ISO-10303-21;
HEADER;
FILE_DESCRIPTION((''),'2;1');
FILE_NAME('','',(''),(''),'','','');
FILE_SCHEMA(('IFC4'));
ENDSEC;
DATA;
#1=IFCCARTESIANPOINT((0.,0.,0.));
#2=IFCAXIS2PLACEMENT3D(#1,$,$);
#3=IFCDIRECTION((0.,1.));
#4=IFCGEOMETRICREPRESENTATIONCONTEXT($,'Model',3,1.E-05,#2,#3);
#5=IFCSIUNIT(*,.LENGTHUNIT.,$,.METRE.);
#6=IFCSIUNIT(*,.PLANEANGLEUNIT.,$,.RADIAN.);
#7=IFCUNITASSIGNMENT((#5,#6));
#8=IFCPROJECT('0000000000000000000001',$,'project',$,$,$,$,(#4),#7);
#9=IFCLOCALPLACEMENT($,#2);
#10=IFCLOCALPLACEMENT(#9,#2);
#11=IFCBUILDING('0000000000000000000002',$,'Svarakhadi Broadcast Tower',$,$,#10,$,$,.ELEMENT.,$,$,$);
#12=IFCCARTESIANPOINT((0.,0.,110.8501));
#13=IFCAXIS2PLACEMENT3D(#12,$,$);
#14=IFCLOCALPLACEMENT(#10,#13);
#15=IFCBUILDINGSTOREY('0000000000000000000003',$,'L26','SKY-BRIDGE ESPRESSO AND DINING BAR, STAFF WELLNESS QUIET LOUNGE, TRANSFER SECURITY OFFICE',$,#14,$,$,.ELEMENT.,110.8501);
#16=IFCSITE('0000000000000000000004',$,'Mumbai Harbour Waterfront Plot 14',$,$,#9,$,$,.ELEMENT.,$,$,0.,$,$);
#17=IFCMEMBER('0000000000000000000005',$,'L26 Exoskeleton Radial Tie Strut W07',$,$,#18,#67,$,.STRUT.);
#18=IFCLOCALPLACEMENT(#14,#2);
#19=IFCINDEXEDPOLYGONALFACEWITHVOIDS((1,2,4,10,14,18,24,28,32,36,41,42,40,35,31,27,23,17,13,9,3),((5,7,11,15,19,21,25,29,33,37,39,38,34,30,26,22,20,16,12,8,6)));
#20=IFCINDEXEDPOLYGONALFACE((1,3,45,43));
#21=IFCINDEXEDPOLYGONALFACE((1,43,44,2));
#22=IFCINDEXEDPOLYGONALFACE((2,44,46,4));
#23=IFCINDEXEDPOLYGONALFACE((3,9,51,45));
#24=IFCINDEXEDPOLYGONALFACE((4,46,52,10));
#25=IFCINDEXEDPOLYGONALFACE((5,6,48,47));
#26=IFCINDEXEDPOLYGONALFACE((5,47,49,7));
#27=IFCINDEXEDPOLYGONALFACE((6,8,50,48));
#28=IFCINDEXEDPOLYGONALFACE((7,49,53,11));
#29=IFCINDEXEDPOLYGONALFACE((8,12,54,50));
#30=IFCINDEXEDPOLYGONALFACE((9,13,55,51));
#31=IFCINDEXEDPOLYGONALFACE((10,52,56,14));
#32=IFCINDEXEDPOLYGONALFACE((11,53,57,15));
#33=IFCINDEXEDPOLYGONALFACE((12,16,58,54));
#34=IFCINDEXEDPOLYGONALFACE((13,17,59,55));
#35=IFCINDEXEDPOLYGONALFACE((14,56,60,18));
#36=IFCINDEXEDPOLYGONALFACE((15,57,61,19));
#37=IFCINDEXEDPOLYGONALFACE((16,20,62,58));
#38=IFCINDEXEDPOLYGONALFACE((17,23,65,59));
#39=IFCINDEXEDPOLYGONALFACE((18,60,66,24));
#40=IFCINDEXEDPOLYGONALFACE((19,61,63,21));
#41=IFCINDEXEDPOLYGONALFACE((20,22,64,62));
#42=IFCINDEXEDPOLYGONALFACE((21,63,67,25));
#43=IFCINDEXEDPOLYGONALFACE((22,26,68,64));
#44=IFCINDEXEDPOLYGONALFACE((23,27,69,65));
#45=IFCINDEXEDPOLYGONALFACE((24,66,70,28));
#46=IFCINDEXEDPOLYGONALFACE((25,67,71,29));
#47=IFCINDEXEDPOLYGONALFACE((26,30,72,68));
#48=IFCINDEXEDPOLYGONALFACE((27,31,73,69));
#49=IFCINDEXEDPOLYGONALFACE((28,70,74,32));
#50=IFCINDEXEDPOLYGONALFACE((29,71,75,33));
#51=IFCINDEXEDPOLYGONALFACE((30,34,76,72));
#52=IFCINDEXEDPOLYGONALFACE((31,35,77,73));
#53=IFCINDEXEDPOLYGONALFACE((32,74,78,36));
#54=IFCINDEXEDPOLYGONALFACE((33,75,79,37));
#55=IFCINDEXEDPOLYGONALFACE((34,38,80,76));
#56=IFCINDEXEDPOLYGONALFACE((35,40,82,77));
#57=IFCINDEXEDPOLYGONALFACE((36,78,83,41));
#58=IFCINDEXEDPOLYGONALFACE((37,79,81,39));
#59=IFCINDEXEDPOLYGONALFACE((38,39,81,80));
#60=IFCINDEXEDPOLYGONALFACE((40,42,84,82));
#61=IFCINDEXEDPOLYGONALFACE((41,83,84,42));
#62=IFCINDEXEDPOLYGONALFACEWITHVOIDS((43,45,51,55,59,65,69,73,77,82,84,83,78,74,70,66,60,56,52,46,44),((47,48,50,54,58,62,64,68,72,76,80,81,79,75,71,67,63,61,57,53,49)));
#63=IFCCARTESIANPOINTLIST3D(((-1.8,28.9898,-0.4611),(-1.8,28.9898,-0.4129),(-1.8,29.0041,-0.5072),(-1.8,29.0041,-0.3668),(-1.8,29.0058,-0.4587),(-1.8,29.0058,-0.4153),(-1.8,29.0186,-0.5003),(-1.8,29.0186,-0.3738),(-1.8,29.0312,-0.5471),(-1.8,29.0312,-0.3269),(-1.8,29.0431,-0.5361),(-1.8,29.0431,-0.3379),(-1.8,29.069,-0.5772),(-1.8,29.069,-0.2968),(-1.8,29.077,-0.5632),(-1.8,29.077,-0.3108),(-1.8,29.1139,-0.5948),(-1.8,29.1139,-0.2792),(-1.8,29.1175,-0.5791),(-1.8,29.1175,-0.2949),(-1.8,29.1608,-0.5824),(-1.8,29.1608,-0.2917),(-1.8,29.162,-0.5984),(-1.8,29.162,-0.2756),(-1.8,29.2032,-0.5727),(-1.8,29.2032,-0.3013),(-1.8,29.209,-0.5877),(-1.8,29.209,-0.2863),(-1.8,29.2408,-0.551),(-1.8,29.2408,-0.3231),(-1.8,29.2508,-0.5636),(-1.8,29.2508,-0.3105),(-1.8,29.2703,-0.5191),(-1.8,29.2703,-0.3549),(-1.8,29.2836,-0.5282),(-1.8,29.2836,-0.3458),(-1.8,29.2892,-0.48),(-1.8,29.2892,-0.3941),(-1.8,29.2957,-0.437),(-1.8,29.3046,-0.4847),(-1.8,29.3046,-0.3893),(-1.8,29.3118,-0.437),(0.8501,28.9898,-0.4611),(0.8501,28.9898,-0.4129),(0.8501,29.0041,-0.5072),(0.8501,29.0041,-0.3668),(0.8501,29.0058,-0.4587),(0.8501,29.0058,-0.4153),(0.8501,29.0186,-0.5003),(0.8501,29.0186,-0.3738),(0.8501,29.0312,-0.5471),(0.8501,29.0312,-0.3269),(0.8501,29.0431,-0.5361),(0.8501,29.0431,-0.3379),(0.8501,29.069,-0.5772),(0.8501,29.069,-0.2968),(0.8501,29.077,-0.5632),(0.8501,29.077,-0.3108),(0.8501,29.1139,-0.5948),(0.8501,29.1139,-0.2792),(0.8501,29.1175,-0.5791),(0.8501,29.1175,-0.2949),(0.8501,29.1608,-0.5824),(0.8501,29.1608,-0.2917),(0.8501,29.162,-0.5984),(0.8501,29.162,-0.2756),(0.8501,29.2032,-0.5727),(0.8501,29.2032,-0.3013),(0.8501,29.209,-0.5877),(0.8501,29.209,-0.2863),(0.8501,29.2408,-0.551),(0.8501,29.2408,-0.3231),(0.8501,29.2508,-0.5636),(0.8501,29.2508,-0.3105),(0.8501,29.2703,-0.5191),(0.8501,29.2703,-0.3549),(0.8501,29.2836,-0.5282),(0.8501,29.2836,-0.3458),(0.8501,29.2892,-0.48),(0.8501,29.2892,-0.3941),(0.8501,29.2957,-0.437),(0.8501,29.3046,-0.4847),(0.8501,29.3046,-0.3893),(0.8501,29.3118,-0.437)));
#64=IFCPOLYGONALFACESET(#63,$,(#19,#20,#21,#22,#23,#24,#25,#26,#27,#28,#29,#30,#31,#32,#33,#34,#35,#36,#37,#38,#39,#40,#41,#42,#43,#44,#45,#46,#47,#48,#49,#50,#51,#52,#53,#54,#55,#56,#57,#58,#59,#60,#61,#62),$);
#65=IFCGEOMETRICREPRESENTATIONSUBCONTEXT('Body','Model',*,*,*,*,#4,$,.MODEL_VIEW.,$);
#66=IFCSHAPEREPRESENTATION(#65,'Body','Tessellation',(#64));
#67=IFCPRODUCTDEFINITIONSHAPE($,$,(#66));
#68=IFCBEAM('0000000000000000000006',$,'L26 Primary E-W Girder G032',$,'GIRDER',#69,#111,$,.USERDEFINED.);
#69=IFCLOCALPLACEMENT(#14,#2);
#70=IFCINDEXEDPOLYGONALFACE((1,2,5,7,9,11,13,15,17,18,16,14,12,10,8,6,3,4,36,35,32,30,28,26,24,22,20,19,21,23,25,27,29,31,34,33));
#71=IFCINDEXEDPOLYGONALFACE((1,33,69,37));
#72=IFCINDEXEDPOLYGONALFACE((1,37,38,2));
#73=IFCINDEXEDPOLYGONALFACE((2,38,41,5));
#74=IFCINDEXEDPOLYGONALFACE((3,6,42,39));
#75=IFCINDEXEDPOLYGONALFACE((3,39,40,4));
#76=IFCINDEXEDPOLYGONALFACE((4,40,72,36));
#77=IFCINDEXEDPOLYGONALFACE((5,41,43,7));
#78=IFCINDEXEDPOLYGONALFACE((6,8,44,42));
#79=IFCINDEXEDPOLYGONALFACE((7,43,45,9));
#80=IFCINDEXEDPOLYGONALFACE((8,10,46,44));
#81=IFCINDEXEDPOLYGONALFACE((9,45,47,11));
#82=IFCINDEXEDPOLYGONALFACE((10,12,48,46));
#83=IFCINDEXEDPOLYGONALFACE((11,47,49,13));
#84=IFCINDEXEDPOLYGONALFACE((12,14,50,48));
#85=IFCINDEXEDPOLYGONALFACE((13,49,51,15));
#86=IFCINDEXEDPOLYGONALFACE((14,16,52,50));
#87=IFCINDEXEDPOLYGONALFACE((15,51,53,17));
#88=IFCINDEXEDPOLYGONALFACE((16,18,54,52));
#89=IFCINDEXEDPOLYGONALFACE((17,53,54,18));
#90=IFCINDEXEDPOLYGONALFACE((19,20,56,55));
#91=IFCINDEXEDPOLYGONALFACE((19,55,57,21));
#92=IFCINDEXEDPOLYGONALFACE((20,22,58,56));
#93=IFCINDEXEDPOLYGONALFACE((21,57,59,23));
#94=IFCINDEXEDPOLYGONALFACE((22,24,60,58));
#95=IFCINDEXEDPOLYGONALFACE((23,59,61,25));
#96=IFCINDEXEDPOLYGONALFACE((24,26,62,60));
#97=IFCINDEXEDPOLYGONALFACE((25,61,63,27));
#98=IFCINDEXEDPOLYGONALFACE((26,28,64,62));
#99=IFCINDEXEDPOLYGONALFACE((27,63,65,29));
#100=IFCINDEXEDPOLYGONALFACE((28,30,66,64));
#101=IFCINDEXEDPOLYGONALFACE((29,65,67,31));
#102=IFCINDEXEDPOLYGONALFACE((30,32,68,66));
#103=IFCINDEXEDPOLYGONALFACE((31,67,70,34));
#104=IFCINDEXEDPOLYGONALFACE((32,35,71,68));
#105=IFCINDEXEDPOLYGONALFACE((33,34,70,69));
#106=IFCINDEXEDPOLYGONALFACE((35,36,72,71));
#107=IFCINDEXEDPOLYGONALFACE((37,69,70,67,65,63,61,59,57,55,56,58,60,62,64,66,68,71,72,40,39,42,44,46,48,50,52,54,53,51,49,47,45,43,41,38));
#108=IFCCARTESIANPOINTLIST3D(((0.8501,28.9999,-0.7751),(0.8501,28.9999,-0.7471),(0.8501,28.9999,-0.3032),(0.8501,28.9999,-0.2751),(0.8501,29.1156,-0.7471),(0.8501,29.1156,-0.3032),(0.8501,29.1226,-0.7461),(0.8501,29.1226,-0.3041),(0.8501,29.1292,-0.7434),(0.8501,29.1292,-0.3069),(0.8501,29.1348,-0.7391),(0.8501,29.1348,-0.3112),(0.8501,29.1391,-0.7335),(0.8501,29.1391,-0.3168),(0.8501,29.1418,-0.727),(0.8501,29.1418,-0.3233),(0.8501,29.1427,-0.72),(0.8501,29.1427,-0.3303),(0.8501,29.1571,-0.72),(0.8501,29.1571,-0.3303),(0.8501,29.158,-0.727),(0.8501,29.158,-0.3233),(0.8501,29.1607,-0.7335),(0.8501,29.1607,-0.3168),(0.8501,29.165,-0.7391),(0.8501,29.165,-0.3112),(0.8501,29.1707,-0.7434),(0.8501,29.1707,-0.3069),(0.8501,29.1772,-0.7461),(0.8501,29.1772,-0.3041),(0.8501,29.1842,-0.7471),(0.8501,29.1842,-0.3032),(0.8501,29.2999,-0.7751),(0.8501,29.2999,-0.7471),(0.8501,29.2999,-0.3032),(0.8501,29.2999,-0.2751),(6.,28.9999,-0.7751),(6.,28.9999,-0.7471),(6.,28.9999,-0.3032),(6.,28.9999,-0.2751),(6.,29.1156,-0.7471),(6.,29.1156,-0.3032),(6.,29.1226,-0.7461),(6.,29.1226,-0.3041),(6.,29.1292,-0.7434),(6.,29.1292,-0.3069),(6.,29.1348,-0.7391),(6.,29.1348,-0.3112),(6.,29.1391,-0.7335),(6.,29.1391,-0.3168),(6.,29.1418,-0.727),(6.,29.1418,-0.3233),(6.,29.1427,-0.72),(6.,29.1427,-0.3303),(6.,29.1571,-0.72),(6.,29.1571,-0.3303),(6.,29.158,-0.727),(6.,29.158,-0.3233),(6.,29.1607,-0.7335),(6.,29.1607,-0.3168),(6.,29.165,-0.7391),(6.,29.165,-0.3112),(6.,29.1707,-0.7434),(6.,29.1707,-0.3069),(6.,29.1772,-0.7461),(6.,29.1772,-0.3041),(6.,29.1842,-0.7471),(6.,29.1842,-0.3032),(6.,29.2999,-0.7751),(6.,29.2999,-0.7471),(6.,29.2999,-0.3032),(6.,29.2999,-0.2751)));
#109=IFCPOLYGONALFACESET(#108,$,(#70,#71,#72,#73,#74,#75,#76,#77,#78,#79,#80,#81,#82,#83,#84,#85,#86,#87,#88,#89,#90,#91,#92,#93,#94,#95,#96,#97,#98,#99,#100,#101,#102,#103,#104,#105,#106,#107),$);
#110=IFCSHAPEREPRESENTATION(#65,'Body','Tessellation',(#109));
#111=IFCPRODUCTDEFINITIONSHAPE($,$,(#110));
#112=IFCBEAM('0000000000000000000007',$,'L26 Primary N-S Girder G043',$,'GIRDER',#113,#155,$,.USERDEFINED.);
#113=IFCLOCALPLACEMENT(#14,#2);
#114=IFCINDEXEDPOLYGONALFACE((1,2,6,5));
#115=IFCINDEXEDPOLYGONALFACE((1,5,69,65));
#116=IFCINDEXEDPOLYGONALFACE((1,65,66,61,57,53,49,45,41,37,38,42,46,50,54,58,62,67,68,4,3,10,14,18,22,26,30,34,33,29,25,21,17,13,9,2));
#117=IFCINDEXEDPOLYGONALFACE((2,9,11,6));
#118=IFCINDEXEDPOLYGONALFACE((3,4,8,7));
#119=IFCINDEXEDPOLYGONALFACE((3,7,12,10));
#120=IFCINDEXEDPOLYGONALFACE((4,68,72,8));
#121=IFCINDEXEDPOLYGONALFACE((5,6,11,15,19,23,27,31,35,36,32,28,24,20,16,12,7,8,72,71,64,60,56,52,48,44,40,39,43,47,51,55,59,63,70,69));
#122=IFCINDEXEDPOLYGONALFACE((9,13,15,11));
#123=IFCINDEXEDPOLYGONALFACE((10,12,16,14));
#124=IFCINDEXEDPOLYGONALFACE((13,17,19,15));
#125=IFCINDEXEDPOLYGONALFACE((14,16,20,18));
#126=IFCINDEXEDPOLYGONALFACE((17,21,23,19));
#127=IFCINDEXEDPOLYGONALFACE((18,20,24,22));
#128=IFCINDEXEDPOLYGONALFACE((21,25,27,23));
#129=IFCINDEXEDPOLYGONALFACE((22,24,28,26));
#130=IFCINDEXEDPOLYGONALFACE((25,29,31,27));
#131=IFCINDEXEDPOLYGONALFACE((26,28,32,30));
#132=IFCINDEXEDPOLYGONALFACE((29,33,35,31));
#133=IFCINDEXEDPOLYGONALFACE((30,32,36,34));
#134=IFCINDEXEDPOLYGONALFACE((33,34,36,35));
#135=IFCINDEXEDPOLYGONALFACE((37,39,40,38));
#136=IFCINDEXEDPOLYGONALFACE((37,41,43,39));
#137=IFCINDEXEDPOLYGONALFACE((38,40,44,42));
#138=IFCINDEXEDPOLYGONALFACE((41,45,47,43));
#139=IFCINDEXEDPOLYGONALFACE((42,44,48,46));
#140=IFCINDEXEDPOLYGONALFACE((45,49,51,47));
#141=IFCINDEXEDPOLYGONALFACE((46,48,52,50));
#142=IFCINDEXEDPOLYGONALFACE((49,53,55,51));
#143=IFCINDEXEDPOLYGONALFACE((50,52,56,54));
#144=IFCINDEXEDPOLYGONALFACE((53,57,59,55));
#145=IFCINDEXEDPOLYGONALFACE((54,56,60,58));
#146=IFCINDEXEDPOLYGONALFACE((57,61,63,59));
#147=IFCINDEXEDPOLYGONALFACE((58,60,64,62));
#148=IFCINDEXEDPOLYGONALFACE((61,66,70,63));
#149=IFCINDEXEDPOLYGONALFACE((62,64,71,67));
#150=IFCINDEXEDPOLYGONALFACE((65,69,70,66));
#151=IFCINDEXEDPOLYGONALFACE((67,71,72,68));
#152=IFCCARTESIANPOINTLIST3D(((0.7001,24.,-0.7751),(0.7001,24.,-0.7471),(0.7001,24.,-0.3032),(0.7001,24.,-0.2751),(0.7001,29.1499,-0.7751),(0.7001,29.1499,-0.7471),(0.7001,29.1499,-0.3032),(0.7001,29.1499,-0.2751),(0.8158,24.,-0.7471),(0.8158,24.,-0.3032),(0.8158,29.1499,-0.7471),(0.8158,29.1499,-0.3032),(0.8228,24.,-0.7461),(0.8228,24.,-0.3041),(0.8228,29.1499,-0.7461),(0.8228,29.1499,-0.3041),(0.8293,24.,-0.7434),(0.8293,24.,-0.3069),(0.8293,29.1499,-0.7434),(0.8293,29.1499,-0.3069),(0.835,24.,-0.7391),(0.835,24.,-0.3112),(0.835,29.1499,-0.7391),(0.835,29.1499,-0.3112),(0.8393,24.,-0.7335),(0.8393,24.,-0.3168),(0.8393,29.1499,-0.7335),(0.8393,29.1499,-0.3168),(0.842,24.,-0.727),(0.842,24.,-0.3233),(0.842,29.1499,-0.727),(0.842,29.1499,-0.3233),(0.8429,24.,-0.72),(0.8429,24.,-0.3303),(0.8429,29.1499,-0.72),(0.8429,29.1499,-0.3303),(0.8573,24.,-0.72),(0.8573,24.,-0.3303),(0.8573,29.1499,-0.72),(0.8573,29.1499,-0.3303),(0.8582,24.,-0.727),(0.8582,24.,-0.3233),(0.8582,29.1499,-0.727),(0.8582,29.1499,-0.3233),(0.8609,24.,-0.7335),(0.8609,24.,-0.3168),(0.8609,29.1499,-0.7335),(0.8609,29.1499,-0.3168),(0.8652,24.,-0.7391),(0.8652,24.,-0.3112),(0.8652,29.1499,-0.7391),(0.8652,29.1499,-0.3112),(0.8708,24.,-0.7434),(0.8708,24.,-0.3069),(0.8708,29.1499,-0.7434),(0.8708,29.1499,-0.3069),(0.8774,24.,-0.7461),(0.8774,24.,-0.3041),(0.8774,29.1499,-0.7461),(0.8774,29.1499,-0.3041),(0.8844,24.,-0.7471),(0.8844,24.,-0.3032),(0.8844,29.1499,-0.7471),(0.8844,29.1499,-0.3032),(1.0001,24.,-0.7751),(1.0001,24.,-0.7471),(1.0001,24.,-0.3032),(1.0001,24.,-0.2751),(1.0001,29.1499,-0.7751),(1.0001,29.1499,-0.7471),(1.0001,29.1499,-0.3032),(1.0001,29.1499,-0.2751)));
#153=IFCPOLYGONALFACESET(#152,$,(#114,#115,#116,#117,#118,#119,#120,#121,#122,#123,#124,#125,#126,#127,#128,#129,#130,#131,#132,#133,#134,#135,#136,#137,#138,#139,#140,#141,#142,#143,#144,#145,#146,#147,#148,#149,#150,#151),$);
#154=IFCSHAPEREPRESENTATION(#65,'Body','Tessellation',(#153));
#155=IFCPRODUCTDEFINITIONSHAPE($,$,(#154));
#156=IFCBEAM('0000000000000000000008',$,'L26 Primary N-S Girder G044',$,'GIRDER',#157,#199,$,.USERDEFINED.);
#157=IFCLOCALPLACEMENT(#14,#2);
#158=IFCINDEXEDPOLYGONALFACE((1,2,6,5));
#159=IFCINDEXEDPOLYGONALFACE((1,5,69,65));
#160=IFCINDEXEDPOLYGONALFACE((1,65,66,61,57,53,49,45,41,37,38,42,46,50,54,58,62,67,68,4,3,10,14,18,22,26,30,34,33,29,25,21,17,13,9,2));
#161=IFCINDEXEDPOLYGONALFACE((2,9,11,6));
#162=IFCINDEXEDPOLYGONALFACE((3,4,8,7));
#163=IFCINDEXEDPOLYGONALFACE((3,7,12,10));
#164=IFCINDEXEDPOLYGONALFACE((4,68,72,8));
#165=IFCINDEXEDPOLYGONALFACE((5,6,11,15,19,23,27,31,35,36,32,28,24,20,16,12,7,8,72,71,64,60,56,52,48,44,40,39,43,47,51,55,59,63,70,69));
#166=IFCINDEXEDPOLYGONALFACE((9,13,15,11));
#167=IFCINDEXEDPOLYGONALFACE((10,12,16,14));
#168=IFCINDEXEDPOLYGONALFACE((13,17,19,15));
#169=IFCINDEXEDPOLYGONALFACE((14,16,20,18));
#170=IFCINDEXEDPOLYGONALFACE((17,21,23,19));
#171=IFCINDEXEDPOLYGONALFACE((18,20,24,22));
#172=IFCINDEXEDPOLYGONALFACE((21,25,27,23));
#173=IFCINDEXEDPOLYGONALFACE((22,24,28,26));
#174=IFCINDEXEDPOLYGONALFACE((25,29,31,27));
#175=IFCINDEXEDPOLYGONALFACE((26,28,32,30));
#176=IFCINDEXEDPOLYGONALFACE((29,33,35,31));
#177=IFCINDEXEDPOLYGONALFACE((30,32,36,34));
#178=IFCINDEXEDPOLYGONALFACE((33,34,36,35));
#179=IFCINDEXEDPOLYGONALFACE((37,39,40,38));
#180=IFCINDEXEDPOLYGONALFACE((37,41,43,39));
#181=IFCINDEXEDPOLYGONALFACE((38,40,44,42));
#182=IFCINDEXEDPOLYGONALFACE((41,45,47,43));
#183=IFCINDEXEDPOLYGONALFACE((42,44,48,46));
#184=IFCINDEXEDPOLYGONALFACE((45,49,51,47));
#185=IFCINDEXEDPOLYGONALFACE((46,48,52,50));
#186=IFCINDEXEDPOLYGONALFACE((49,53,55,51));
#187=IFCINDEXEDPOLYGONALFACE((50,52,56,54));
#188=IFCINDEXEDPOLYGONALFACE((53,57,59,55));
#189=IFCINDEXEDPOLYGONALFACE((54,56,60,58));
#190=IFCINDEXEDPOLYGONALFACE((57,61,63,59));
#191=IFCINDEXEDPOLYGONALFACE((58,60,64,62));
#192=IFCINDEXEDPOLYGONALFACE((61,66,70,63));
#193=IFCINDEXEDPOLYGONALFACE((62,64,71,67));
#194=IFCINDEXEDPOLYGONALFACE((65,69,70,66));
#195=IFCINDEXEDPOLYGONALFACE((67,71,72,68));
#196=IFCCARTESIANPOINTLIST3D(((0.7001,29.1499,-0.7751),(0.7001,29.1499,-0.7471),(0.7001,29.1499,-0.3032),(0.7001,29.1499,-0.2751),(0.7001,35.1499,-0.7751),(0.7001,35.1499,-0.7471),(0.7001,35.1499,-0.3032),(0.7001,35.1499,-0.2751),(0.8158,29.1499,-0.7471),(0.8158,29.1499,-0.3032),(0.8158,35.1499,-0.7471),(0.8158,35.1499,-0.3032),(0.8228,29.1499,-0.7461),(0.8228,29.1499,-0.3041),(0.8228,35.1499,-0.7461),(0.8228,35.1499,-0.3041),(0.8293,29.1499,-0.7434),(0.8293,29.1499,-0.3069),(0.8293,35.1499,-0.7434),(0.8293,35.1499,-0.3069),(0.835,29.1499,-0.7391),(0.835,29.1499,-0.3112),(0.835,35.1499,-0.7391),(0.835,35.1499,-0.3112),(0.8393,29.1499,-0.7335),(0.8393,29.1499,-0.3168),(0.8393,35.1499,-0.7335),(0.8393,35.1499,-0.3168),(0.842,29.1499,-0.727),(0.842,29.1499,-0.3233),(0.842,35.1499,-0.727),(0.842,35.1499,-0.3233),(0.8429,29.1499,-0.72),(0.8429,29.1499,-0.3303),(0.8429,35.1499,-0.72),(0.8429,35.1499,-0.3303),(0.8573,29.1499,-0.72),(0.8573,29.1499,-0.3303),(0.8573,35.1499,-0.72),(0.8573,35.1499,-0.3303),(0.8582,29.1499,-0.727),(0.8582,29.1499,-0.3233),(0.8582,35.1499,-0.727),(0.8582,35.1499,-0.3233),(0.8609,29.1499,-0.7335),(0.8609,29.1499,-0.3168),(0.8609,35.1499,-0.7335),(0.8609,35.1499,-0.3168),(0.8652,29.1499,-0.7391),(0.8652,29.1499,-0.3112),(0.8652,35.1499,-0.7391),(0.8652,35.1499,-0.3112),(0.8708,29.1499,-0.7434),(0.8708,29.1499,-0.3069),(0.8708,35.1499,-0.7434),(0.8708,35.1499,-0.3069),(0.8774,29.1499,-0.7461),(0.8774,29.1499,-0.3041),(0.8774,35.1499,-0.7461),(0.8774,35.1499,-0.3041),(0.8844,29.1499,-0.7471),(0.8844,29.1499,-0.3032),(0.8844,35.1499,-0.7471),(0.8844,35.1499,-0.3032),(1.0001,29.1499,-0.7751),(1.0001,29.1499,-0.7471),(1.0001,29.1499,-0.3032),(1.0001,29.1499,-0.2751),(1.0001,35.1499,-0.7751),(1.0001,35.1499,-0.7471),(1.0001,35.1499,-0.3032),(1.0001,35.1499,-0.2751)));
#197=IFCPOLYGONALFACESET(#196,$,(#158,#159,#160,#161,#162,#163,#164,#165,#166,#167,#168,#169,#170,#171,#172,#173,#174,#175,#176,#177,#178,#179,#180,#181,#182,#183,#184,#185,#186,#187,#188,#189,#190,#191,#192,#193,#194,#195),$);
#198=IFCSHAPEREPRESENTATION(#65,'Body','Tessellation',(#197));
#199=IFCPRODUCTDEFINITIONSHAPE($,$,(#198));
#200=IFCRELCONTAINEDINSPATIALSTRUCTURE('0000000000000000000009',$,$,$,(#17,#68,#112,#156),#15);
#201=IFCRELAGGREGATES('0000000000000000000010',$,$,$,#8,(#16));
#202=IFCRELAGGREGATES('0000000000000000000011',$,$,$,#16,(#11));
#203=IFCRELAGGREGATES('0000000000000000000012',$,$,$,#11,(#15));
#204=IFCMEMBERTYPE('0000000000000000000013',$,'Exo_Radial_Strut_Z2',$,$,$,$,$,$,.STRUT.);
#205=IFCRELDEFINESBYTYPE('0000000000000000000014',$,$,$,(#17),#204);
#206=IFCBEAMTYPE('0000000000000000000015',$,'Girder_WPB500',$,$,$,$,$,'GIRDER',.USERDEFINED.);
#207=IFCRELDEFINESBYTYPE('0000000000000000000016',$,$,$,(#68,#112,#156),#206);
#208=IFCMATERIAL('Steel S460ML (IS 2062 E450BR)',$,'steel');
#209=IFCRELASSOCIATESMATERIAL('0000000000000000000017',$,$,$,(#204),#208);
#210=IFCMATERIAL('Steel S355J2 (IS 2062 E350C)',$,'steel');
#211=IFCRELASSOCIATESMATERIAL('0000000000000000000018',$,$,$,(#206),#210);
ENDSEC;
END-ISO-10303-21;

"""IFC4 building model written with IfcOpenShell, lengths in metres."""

from ifc_helpers import new_model, si_unit, direction, frame, origin, origin_2d, place, context, subcontext, project, spatial, hollow_circle, i_section, extrude, material, material_profile, profile_set, type_object, element, save


model = new_model("IFC4")

# Units and contexts
model_context = context("Model", 3, precision=1e-05, world=origin(), true_north=direction((0.0, 1.0)))
body_context = subcontext(model_context, "Body", "Model", "MODEL_VIEW")
ifc_project = project(units=[si_unit("LENGTHUNIT", "METRE"), si_unit("PLANEANGLEUNIT", "RADIAN")], contexts=[model_context])

# Site, building, storey
site_placement = place(None, origin())
site = spatial("IfcSite", under=ifc_project, at=site_placement, Name="Mumbai Harbour Waterfront Plot 14", CompositionType="ELEMENT", RefElevation=0.0)
building_placement = place(site_placement, origin())
building = spatial("IfcBuilding", under=site, at=building_placement, Name="Svarakhadi Broadcast Tower", CompositionType="ELEMENT")
storey_placement = place(building_placement, frame((0.0, 0.0, 110.8501)))
storey = spatial("IfcBuildingStorey", under=building, at=storey_placement, Name="L26", Description="SKY-BRIDGE ESPRESSO AND DINING BAR, STAFF WELLNESS QUIET LOUNGE, TRANSFER SECURITY OFFICE", CompositionType="ELEMENT", Elevation=110.8501)

# Shared definitions
ifc_material_1 = material(Name="Steel S460ML (IS 2062 E450BR)", Category="steel")

# Shared definitions
ifc_material_2 = material(Name="Steel S355J2 (IS 2062 E350C)", Category="steel")

# Member
ifc_material_profile_1 = material_profile(ifc_material_1, hollow_circle(Radius=0.1619, WallThickness=0.0161, at=origin_2d()), Name="CHS 323.9x16")
ifc_profile_set_1 = profile_set([ifc_material_profile_1], Name="Steel S460ML (IS 2062 E450BR)")
member_type_1 = type_object("IfcMemberType", Name="Exo_Radial_Strut_Z2", PredefinedType="STRUT", material=ifc_profile_set_1)
member_1_placement = place(storey_placement, frame((-1.8, 29.1499, -0.437), z_axis=(1.0, 0.0, 0.0), x_axis=(0.0, 1.0, 0.0)))
element("IfcMember", 1, at=member_1_placement, inside=storey, type_object=member_type_1, Name="L26 Exoskeleton Radial Tie Strut W07", PredefinedType="STRUT", context=body_context, shape_type="SweptSolid", body=[
    extrude(hollow_circle(Radius=0.1619, WallThickness=0.0161, at=origin_2d()), origin(), (0.0, 0.0, 1.0), 2.6501),
])

# Beams
ifc_material_profile_2 = material_profile(ifc_material_2, i_section(OverallWidth=0.3, OverallDepth=0.5, WebThickness=0.0144, FlangeThickness=0.0281, FilletRadius=0.0271, at=origin_2d()), Name="WPB 500x300x187")
ifc_profile_set_2 = profile_set([ifc_material_profile_2], Name="Steel S355J2 (IS 2062 E350C)")
beam_type_1 = type_object("IfcBeamType", Name="Girder_WPB500", ElementType="GIRDER", PredefinedType="USERDEFINED", material=ifc_profile_set_2)
for number, where, z_axis, x_axis, name in (
    (2, (0.8501, 29.1499, -0.5251), (1.0, 0.0, 0.0), (0.0, 1.0, 0.0), "L26 Primary E-W Girder G032"),
    (3, (0.8501, 24.0, -0.5251), (0.0, 1.0, 0.0), (-1.0, 0.0, 0.0), "L26 Primary N-S Girder G043"),
):
    element("IfcBeam", number, at=place(storey_placement, frame(where, z_axis=z_axis, x_axis=x_axis)), inside=storey, type_object=beam_type_1, Name=name, ObjectType="GIRDER", PredefinedType="USERDEFINED", context=body_context, shape_type="SweptSolid", body=[
        extrude(i_section(OverallWidth=0.3, OverallDepth=0.5, WebThickness=0.0144, FlangeThickness=0.0281, FilletRadius=0.0271, at=origin_2d()), origin(), (0.0, 0.0, 1.0), 5.1499),
    ])
beam_1_placement = place(storey_placement, frame((0.8501, 29.1499, -0.5251), z_axis=(0.0, 1.0, 0.0), x_axis=(-1.0, 0.0, 0.0)))
element("IfcBeam", 4, at=beam_1_placement, inside=storey, type_object=beam_type_1, Name="L26 Primary N-S Girder G044", ObjectType="GIRDER", PredefinedType="USERDEFINED", context=body_context, shape_type="SweptSolid", body=[
    extrude(i_section(OverallWidth=0.3, OverallDepth=0.5, WebThickness=0.0144, FlangeThickness=0.0281, FilletRadius=0.0271, at=origin_2d()), origin(), (0.0, 0.0, 1.0), 6.0),
])

save(model, "model.ifc")
